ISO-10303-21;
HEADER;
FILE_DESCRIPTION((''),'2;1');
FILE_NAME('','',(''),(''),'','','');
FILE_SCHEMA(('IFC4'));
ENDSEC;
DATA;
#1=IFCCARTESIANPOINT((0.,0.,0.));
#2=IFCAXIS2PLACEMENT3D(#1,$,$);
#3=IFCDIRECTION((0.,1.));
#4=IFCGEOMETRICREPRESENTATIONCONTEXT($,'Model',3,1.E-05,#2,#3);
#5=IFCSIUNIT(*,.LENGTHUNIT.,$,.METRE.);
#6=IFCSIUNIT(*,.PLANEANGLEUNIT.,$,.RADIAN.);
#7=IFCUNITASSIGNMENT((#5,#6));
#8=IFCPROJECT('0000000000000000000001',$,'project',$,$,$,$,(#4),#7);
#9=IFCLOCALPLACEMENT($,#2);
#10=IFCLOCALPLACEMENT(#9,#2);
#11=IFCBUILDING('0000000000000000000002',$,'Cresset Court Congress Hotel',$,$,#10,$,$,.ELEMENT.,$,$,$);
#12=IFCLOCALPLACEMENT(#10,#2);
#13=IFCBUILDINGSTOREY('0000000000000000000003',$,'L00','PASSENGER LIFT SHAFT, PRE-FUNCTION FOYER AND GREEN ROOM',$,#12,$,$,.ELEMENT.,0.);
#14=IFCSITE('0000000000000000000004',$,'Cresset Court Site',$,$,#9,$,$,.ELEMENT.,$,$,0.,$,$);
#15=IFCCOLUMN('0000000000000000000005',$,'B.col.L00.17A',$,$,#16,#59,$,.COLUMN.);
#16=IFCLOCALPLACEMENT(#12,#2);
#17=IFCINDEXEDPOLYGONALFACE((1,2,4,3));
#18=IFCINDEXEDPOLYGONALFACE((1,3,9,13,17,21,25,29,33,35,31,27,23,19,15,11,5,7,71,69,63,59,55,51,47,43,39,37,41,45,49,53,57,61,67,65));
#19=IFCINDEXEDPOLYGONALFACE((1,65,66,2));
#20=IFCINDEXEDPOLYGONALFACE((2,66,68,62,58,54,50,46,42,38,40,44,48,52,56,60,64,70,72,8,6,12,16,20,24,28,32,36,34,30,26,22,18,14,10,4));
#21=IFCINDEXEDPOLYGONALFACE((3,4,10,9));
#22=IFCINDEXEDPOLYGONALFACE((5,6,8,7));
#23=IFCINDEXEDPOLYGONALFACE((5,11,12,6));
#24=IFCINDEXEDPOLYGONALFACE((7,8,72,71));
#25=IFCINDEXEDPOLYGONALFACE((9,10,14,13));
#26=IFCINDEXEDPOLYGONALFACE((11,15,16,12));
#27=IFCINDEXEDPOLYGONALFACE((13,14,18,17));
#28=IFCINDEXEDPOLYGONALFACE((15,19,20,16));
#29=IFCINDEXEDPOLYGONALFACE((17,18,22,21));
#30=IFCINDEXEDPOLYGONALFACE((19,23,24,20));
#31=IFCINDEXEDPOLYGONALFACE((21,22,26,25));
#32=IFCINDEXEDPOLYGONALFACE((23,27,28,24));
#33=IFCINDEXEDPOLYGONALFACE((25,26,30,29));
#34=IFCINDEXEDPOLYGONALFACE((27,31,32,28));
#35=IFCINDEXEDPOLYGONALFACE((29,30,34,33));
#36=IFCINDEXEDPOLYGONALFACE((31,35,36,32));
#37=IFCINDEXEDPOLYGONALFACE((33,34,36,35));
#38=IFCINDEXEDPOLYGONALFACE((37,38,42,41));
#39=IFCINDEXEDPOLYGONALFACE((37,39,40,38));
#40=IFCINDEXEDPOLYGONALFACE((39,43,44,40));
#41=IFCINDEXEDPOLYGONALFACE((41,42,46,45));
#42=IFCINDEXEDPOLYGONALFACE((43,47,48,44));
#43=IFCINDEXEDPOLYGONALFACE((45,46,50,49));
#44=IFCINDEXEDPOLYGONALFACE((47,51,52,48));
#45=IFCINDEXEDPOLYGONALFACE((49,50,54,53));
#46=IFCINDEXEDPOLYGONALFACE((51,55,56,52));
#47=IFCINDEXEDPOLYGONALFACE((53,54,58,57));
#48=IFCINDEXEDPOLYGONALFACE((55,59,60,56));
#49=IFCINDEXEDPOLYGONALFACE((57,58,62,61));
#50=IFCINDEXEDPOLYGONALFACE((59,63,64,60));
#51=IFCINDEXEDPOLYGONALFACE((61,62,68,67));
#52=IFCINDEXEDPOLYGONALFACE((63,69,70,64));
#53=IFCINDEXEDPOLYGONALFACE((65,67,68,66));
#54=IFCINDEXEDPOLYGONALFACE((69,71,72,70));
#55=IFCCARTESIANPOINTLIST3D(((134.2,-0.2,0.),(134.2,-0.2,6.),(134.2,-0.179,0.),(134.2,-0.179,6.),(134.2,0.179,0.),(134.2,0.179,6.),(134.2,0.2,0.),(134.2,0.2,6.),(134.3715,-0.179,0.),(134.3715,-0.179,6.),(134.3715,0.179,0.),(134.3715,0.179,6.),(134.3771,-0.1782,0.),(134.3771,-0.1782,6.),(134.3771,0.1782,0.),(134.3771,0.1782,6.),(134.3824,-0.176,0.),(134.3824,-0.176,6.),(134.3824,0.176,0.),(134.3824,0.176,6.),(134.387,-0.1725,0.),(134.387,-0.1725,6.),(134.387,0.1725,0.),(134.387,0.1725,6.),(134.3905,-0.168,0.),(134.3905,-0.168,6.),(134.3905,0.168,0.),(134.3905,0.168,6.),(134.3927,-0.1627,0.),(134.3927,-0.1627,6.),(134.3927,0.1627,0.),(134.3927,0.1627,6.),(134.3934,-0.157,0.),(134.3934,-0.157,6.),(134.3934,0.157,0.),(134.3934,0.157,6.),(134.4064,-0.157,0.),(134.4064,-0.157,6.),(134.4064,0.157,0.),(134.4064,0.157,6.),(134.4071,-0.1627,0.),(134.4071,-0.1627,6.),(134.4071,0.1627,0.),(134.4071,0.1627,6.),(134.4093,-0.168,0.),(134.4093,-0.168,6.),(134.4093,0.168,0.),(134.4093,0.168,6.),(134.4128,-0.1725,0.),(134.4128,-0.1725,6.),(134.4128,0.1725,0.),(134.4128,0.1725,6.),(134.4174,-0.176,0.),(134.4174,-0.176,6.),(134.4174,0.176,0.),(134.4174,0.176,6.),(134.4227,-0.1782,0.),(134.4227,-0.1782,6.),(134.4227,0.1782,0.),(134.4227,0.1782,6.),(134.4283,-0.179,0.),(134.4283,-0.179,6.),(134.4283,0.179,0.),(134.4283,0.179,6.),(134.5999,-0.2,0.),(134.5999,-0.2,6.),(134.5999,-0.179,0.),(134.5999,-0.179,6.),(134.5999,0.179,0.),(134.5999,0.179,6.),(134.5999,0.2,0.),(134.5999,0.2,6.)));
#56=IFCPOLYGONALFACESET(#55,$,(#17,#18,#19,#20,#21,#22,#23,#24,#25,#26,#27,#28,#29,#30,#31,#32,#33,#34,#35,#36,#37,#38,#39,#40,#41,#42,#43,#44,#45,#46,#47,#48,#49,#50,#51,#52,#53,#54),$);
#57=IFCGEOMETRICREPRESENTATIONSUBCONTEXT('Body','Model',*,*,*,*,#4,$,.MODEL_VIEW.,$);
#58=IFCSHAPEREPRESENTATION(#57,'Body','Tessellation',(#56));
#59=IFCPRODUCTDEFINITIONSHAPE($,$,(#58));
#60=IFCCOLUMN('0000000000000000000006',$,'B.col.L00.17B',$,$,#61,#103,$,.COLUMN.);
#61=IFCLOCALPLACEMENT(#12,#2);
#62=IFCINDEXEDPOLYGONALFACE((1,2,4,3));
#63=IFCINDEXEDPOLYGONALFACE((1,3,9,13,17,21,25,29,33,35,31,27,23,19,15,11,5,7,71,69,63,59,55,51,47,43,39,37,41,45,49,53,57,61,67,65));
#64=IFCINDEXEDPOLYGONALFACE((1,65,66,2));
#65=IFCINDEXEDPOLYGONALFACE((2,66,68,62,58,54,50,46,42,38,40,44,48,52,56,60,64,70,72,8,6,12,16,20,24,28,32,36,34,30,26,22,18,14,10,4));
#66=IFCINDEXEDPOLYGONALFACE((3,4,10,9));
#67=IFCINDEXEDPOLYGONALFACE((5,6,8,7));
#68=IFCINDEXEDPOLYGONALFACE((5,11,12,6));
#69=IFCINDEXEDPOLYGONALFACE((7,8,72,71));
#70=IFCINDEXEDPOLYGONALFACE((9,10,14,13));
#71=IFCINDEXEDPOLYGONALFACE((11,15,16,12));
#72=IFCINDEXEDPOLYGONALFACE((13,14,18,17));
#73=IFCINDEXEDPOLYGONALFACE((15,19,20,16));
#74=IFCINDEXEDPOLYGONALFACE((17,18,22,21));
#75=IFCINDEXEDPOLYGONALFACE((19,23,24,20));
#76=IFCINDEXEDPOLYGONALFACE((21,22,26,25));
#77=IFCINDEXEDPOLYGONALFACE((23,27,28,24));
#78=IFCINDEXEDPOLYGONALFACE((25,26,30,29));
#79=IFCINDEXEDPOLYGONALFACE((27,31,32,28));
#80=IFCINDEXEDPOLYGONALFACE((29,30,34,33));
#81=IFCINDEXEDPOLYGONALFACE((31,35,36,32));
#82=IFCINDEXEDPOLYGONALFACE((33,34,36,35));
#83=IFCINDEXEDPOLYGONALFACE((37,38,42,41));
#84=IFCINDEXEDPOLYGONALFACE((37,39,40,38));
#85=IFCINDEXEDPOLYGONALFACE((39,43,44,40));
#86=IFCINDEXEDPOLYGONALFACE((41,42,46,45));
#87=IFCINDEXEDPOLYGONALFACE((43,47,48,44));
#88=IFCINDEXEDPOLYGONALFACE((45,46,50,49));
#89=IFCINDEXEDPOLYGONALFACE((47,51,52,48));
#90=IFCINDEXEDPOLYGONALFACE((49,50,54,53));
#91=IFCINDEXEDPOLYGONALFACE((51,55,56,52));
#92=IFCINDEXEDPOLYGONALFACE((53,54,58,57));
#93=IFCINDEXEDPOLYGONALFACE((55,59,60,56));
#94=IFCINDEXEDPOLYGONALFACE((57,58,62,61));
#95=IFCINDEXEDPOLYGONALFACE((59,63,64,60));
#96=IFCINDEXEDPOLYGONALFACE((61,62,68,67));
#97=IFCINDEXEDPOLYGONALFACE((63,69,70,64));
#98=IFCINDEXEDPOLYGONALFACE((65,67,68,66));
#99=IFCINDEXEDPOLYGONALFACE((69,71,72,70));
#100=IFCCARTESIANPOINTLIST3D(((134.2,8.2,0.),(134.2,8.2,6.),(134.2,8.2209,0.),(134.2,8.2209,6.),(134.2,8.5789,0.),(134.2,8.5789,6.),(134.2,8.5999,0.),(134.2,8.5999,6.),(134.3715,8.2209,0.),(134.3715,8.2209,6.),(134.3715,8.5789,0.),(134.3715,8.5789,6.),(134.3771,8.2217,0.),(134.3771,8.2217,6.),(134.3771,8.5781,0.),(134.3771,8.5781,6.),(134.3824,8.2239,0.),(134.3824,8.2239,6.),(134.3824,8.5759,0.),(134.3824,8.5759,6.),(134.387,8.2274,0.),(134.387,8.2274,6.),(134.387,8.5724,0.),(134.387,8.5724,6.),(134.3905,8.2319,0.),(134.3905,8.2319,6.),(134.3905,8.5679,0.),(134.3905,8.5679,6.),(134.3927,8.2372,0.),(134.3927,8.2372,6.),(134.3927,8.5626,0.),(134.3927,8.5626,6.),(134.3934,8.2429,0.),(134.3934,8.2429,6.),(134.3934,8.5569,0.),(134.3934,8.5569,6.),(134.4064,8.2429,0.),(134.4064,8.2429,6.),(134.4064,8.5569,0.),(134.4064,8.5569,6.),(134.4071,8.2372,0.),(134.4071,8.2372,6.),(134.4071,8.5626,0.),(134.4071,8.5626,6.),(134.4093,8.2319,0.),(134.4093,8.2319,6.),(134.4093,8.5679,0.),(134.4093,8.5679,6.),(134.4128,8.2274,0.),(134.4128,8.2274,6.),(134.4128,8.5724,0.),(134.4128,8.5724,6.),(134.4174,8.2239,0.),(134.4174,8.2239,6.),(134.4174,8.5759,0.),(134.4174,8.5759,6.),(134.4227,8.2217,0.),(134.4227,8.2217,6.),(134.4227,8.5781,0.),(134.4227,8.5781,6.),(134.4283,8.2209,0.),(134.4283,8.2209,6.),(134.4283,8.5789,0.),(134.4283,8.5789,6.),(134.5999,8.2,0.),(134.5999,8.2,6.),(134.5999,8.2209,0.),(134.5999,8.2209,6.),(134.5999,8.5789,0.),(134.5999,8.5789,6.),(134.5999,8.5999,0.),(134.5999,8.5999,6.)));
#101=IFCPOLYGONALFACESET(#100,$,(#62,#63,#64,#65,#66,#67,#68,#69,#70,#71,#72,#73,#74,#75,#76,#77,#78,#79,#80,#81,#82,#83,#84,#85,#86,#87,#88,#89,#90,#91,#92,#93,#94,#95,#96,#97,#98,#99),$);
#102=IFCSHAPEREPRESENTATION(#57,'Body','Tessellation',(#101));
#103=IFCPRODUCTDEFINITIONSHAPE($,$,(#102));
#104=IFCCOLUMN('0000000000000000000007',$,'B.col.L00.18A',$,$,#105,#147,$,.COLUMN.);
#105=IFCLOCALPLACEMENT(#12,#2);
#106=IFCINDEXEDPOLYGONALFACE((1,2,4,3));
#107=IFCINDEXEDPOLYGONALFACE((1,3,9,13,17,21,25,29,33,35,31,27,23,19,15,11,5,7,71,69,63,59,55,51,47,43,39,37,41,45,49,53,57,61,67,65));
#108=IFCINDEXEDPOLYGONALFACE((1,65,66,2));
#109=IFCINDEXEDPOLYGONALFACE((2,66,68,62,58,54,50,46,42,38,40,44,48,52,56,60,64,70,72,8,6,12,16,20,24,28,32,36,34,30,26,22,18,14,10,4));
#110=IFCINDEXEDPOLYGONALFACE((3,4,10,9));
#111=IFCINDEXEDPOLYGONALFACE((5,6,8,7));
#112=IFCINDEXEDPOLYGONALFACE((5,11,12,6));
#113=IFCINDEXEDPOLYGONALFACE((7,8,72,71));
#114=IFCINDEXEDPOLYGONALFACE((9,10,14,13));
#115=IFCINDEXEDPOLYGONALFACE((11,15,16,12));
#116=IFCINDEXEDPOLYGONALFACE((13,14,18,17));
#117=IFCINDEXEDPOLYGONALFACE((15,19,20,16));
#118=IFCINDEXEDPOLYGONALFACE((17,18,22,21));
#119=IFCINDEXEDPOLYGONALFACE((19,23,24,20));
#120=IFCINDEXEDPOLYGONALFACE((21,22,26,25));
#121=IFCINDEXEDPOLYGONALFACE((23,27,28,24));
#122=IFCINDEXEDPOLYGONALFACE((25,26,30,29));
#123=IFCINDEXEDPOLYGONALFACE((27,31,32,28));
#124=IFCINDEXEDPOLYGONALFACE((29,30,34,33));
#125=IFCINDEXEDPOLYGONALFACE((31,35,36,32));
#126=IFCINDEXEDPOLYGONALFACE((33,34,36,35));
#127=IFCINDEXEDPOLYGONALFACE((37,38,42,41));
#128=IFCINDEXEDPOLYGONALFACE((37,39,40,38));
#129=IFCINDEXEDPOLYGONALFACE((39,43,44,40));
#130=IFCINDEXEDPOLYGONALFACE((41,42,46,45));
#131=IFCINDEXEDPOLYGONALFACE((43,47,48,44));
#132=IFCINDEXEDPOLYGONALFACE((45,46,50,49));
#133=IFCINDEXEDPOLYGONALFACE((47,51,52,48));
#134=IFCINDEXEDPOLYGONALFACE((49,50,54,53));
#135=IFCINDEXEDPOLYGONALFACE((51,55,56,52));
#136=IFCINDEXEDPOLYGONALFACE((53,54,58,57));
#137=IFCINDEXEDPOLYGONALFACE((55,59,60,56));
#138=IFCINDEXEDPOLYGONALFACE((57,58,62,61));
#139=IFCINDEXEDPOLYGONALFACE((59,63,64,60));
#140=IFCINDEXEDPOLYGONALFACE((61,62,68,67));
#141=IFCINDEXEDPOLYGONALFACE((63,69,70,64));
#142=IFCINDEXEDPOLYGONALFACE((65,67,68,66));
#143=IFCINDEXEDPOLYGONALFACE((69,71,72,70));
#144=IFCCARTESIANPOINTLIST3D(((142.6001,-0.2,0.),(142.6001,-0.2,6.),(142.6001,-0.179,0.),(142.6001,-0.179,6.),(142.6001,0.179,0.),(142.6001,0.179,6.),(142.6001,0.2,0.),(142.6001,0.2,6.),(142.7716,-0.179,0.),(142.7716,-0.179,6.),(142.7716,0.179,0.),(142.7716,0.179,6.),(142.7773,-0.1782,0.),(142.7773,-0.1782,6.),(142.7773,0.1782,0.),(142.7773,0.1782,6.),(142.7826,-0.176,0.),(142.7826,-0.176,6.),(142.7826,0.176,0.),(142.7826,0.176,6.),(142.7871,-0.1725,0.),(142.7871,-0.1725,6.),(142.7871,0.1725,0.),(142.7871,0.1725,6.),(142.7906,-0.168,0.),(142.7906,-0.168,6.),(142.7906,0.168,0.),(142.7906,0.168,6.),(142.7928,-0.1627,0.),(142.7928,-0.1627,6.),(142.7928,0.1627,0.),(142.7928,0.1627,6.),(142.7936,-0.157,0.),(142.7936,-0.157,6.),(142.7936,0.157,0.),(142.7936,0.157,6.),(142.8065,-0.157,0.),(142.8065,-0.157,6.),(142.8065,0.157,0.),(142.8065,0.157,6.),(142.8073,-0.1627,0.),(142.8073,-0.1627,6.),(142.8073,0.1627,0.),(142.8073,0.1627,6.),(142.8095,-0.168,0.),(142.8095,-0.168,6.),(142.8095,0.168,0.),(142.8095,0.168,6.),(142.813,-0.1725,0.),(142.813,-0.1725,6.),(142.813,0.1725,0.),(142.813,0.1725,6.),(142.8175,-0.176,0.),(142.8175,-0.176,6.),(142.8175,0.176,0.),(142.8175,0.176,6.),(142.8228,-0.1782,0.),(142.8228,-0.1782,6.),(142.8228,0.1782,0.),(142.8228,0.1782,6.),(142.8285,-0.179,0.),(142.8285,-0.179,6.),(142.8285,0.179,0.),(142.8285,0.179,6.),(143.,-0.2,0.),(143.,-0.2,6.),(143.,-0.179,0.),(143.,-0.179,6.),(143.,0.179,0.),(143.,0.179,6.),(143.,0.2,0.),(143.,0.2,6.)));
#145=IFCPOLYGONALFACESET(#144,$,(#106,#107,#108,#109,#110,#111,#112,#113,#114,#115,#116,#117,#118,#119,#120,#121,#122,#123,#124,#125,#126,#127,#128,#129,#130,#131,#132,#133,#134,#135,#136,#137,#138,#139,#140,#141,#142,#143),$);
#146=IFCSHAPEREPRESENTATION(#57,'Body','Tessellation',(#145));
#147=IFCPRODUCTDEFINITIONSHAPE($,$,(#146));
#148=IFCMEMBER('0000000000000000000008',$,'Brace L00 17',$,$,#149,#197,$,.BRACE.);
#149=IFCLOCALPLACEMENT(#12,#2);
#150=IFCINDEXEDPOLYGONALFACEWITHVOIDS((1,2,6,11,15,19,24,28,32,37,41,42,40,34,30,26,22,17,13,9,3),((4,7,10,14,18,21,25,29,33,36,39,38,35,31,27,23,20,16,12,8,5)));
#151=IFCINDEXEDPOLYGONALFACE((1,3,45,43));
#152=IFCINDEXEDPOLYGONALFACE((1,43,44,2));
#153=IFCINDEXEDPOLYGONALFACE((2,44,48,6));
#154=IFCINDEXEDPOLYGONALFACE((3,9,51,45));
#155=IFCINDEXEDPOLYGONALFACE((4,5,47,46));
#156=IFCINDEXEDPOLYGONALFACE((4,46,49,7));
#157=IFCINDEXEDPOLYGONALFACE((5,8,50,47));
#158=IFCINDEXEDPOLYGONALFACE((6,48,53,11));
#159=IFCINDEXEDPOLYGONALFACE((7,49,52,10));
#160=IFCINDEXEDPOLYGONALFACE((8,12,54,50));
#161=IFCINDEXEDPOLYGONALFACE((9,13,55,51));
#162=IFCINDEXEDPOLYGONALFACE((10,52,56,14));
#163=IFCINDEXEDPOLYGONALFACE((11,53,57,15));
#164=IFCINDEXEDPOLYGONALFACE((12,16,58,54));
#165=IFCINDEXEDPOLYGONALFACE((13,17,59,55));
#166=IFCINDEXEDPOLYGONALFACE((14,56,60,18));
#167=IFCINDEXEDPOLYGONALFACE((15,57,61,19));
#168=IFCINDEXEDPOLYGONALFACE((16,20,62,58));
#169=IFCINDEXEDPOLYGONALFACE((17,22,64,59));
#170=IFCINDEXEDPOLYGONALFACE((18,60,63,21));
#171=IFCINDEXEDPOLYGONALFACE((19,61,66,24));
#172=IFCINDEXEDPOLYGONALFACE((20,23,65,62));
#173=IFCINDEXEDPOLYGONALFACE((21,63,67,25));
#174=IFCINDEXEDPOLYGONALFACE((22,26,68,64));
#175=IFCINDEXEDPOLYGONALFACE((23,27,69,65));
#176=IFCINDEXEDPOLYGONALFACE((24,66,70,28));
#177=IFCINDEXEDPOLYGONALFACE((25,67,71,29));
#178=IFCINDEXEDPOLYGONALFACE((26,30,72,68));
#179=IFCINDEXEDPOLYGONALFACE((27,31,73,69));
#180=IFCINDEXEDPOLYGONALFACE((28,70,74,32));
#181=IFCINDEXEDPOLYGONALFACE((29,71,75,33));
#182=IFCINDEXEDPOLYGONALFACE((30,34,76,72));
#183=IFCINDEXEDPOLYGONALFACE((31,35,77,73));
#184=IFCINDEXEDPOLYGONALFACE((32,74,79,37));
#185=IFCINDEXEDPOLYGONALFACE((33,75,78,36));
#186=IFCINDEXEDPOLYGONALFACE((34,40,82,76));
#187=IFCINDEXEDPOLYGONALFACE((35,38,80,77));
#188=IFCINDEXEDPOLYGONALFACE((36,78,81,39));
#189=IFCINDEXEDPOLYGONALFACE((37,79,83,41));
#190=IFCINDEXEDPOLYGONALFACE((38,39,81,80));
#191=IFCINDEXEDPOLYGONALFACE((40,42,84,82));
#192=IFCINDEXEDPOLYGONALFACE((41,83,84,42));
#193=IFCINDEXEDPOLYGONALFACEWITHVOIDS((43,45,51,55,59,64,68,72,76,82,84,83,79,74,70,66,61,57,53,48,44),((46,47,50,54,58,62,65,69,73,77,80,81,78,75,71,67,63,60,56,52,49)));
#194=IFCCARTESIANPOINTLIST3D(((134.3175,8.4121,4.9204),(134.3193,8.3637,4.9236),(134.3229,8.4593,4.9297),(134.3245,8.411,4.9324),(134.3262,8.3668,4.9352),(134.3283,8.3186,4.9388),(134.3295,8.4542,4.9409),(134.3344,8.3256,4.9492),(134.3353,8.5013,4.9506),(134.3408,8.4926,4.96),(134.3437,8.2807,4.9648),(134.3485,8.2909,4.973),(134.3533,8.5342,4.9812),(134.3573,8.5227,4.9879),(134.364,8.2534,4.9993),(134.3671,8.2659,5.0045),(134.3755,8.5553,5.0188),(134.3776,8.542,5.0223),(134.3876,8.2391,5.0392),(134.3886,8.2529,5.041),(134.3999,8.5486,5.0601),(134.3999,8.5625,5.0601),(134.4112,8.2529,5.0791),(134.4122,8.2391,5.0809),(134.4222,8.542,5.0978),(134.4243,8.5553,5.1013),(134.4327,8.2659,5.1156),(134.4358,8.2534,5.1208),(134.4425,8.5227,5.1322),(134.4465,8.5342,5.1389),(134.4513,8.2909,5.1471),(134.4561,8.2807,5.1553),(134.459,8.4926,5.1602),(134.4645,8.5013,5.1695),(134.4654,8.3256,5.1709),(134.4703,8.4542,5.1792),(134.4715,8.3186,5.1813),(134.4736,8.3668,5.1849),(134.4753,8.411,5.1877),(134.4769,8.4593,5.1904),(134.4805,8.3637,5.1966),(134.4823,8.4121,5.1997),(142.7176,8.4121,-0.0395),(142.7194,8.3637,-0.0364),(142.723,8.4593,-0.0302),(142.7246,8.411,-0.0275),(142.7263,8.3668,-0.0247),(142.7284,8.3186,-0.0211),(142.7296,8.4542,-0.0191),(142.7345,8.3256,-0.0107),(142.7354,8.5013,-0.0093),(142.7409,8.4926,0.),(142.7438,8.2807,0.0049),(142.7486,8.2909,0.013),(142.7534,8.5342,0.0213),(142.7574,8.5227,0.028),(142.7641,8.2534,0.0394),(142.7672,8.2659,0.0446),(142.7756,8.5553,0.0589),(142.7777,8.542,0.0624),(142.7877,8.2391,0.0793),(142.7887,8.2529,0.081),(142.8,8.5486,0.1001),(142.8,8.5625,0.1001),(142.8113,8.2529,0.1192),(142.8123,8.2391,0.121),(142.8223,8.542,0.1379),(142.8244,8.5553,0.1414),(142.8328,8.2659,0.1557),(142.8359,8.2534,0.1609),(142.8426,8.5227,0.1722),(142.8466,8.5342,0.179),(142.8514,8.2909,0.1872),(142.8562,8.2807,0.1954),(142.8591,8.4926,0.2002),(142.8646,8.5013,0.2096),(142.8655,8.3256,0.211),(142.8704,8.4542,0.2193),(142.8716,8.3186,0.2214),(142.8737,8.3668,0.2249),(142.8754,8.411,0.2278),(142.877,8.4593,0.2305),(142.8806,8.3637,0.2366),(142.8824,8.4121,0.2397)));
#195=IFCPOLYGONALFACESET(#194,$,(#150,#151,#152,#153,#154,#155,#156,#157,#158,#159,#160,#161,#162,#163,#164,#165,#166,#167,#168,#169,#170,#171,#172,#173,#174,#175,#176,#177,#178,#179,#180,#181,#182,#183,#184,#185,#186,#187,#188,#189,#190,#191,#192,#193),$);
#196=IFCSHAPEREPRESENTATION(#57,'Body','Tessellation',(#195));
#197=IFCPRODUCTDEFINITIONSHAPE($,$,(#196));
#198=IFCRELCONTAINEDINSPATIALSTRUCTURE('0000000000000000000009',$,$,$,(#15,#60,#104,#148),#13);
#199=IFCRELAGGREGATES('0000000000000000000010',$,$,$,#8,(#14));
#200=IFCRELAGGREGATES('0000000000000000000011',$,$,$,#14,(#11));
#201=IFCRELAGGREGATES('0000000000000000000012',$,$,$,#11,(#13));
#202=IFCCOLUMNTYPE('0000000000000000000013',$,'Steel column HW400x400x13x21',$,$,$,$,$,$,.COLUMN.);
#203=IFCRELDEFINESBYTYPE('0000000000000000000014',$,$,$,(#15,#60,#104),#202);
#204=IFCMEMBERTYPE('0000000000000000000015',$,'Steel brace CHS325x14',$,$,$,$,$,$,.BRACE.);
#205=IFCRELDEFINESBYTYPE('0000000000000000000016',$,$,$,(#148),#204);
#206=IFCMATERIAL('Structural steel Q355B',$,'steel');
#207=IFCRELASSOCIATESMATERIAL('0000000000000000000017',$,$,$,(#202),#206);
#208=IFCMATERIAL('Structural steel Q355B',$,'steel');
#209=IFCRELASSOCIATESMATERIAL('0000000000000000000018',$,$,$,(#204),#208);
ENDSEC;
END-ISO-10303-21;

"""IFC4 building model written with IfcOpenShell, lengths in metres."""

from ifc_helpers import new_model, si_unit, direction, frame, origin, origin_2d, place, context, subcontext, project, spatial, hollow_circle, i_section, extrude, material, material_profile, profile_set, type_object, element, save


model = new_model("IFC4")

# Units and contexts
model_context = context("Model", 3, precision=1e-05, world=origin(), true_north=direction((0.0, 1.0)))
body_context = subcontext(model_context, "Body", "Model", "MODEL_VIEW")
ifc_project = project(units=[si_unit("LENGTHUNIT", "METRE"), si_unit("PLANEANGLEUNIT", "RADIAN")], contexts=[model_context])

# Site, building, storey
site_placement = place(None, origin())
site = spatial("IfcSite", under=ifc_project, at=site_placement, Name="Cresset Court Site", CompositionType="ELEMENT", RefElevation=0.0)
building_placement = place(site_placement, origin())
building = spatial("IfcBuilding", under=site, at=building_placement, Name="Cresset Court Congress Hotel", CompositionType="ELEMENT")
storey_placement = place(building_placement, origin())
storey = spatial("IfcBuildingStorey", under=building, at=storey_placement, Name="L00", Description="PASSENGER LIFT SHAFT, PRE-FUNCTION FOYER AND GREEN ROOM", CompositionType="ELEMENT", Elevation=0.0)

# Columns
ifc_material_1 = material(Name="Structural steel Q355B", Category="steel")
ifc_material_profile_1 = material_profile(ifc_material_1, i_section(OverallWidth=0.3999, OverallDepth=0.3999, WebThickness=0.0129, FlangeThickness=0.021, FilletRadius=0.022, at=origin_2d()), Name="HW400x400x13x21")
ifc_profile_set_1 = profile_set([ifc_material_profile_1], Name="Structural steel Q355B")
column_type = type_object("IfcColumnType", Name="Steel column HW400x400x13x21", PredefinedType="COLUMN", material=ifc_profile_set_1)
for number, where, z_axis, x_axis, name in (
    (1, (134.3999, 0.0, 0.0), (0.0, 0.0, 1.0), (1.0, 0.0, 0.0), "B.col.L00.17A"),
    (2, (134.3999, 8.3999, 0.0), (0.0, 0.0, 1.0), (1.0, 0.0, 0.0), "B.col.L00.17B"),
    (3, (142.8, 0.0, 0.0), (0.0, 0.0, 1.0), (1.0, 0.0, 0.0), "B.col.L00.18A"),
):
    element("IfcColumn", number, at=place(storey_placement, frame(where, z_axis=z_axis, x_axis=x_axis)), inside=storey, type_object=column_type, Name=name, PredefinedType="COLUMN", context=body_context, shape_type="SweptSolid", body=[
        extrude(i_section(OverallWidth=0.3999, OverallDepth=0.3999, WebThickness=0.0129, FlangeThickness=0.021, FilletRadius=0.022, at=origin_2d()), origin(), (0.0, 0.0, 1.0), 6.0),
    ])

# Member
ifc_material_2 = material(Name="Structural steel Q355B", Category="steel")
ifc_material_profile_2 = material_profile(ifc_material_2, hollow_circle(Radius=0.1626, WallThickness=0.0139, at=origin_2d()), Name="CHS325x14")
ifc_profile_set_2 = profile_set([ifc_material_profile_2], Name="Structural steel Q355B")
member_type = type_object("IfcMemberType", Name="Steel brace CHS325x14", PredefinedType="BRACE", material=ifc_profile_set_2)
member_placement = place(storey_placement, frame((134.3999, 8.3999, 5.0601), z_axis=(0.861095, 0.0, -0.508443), x_axis=(0.0, 1.0, 0.0)))
element("IfcMember", 4, at=member_placement, inside=storey, type_object=member_type, Name="Brace L00 17", PredefinedType="BRACE", context=body_context, shape_type="SweptSolid", body=[
    extrude(hollow_circle(Radius=0.1626, WallThickness=0.0139, at=origin_2d()), origin(), (0.0, 0.0, 1.0), 9.7551),
])

save(model, "model.ifc")
